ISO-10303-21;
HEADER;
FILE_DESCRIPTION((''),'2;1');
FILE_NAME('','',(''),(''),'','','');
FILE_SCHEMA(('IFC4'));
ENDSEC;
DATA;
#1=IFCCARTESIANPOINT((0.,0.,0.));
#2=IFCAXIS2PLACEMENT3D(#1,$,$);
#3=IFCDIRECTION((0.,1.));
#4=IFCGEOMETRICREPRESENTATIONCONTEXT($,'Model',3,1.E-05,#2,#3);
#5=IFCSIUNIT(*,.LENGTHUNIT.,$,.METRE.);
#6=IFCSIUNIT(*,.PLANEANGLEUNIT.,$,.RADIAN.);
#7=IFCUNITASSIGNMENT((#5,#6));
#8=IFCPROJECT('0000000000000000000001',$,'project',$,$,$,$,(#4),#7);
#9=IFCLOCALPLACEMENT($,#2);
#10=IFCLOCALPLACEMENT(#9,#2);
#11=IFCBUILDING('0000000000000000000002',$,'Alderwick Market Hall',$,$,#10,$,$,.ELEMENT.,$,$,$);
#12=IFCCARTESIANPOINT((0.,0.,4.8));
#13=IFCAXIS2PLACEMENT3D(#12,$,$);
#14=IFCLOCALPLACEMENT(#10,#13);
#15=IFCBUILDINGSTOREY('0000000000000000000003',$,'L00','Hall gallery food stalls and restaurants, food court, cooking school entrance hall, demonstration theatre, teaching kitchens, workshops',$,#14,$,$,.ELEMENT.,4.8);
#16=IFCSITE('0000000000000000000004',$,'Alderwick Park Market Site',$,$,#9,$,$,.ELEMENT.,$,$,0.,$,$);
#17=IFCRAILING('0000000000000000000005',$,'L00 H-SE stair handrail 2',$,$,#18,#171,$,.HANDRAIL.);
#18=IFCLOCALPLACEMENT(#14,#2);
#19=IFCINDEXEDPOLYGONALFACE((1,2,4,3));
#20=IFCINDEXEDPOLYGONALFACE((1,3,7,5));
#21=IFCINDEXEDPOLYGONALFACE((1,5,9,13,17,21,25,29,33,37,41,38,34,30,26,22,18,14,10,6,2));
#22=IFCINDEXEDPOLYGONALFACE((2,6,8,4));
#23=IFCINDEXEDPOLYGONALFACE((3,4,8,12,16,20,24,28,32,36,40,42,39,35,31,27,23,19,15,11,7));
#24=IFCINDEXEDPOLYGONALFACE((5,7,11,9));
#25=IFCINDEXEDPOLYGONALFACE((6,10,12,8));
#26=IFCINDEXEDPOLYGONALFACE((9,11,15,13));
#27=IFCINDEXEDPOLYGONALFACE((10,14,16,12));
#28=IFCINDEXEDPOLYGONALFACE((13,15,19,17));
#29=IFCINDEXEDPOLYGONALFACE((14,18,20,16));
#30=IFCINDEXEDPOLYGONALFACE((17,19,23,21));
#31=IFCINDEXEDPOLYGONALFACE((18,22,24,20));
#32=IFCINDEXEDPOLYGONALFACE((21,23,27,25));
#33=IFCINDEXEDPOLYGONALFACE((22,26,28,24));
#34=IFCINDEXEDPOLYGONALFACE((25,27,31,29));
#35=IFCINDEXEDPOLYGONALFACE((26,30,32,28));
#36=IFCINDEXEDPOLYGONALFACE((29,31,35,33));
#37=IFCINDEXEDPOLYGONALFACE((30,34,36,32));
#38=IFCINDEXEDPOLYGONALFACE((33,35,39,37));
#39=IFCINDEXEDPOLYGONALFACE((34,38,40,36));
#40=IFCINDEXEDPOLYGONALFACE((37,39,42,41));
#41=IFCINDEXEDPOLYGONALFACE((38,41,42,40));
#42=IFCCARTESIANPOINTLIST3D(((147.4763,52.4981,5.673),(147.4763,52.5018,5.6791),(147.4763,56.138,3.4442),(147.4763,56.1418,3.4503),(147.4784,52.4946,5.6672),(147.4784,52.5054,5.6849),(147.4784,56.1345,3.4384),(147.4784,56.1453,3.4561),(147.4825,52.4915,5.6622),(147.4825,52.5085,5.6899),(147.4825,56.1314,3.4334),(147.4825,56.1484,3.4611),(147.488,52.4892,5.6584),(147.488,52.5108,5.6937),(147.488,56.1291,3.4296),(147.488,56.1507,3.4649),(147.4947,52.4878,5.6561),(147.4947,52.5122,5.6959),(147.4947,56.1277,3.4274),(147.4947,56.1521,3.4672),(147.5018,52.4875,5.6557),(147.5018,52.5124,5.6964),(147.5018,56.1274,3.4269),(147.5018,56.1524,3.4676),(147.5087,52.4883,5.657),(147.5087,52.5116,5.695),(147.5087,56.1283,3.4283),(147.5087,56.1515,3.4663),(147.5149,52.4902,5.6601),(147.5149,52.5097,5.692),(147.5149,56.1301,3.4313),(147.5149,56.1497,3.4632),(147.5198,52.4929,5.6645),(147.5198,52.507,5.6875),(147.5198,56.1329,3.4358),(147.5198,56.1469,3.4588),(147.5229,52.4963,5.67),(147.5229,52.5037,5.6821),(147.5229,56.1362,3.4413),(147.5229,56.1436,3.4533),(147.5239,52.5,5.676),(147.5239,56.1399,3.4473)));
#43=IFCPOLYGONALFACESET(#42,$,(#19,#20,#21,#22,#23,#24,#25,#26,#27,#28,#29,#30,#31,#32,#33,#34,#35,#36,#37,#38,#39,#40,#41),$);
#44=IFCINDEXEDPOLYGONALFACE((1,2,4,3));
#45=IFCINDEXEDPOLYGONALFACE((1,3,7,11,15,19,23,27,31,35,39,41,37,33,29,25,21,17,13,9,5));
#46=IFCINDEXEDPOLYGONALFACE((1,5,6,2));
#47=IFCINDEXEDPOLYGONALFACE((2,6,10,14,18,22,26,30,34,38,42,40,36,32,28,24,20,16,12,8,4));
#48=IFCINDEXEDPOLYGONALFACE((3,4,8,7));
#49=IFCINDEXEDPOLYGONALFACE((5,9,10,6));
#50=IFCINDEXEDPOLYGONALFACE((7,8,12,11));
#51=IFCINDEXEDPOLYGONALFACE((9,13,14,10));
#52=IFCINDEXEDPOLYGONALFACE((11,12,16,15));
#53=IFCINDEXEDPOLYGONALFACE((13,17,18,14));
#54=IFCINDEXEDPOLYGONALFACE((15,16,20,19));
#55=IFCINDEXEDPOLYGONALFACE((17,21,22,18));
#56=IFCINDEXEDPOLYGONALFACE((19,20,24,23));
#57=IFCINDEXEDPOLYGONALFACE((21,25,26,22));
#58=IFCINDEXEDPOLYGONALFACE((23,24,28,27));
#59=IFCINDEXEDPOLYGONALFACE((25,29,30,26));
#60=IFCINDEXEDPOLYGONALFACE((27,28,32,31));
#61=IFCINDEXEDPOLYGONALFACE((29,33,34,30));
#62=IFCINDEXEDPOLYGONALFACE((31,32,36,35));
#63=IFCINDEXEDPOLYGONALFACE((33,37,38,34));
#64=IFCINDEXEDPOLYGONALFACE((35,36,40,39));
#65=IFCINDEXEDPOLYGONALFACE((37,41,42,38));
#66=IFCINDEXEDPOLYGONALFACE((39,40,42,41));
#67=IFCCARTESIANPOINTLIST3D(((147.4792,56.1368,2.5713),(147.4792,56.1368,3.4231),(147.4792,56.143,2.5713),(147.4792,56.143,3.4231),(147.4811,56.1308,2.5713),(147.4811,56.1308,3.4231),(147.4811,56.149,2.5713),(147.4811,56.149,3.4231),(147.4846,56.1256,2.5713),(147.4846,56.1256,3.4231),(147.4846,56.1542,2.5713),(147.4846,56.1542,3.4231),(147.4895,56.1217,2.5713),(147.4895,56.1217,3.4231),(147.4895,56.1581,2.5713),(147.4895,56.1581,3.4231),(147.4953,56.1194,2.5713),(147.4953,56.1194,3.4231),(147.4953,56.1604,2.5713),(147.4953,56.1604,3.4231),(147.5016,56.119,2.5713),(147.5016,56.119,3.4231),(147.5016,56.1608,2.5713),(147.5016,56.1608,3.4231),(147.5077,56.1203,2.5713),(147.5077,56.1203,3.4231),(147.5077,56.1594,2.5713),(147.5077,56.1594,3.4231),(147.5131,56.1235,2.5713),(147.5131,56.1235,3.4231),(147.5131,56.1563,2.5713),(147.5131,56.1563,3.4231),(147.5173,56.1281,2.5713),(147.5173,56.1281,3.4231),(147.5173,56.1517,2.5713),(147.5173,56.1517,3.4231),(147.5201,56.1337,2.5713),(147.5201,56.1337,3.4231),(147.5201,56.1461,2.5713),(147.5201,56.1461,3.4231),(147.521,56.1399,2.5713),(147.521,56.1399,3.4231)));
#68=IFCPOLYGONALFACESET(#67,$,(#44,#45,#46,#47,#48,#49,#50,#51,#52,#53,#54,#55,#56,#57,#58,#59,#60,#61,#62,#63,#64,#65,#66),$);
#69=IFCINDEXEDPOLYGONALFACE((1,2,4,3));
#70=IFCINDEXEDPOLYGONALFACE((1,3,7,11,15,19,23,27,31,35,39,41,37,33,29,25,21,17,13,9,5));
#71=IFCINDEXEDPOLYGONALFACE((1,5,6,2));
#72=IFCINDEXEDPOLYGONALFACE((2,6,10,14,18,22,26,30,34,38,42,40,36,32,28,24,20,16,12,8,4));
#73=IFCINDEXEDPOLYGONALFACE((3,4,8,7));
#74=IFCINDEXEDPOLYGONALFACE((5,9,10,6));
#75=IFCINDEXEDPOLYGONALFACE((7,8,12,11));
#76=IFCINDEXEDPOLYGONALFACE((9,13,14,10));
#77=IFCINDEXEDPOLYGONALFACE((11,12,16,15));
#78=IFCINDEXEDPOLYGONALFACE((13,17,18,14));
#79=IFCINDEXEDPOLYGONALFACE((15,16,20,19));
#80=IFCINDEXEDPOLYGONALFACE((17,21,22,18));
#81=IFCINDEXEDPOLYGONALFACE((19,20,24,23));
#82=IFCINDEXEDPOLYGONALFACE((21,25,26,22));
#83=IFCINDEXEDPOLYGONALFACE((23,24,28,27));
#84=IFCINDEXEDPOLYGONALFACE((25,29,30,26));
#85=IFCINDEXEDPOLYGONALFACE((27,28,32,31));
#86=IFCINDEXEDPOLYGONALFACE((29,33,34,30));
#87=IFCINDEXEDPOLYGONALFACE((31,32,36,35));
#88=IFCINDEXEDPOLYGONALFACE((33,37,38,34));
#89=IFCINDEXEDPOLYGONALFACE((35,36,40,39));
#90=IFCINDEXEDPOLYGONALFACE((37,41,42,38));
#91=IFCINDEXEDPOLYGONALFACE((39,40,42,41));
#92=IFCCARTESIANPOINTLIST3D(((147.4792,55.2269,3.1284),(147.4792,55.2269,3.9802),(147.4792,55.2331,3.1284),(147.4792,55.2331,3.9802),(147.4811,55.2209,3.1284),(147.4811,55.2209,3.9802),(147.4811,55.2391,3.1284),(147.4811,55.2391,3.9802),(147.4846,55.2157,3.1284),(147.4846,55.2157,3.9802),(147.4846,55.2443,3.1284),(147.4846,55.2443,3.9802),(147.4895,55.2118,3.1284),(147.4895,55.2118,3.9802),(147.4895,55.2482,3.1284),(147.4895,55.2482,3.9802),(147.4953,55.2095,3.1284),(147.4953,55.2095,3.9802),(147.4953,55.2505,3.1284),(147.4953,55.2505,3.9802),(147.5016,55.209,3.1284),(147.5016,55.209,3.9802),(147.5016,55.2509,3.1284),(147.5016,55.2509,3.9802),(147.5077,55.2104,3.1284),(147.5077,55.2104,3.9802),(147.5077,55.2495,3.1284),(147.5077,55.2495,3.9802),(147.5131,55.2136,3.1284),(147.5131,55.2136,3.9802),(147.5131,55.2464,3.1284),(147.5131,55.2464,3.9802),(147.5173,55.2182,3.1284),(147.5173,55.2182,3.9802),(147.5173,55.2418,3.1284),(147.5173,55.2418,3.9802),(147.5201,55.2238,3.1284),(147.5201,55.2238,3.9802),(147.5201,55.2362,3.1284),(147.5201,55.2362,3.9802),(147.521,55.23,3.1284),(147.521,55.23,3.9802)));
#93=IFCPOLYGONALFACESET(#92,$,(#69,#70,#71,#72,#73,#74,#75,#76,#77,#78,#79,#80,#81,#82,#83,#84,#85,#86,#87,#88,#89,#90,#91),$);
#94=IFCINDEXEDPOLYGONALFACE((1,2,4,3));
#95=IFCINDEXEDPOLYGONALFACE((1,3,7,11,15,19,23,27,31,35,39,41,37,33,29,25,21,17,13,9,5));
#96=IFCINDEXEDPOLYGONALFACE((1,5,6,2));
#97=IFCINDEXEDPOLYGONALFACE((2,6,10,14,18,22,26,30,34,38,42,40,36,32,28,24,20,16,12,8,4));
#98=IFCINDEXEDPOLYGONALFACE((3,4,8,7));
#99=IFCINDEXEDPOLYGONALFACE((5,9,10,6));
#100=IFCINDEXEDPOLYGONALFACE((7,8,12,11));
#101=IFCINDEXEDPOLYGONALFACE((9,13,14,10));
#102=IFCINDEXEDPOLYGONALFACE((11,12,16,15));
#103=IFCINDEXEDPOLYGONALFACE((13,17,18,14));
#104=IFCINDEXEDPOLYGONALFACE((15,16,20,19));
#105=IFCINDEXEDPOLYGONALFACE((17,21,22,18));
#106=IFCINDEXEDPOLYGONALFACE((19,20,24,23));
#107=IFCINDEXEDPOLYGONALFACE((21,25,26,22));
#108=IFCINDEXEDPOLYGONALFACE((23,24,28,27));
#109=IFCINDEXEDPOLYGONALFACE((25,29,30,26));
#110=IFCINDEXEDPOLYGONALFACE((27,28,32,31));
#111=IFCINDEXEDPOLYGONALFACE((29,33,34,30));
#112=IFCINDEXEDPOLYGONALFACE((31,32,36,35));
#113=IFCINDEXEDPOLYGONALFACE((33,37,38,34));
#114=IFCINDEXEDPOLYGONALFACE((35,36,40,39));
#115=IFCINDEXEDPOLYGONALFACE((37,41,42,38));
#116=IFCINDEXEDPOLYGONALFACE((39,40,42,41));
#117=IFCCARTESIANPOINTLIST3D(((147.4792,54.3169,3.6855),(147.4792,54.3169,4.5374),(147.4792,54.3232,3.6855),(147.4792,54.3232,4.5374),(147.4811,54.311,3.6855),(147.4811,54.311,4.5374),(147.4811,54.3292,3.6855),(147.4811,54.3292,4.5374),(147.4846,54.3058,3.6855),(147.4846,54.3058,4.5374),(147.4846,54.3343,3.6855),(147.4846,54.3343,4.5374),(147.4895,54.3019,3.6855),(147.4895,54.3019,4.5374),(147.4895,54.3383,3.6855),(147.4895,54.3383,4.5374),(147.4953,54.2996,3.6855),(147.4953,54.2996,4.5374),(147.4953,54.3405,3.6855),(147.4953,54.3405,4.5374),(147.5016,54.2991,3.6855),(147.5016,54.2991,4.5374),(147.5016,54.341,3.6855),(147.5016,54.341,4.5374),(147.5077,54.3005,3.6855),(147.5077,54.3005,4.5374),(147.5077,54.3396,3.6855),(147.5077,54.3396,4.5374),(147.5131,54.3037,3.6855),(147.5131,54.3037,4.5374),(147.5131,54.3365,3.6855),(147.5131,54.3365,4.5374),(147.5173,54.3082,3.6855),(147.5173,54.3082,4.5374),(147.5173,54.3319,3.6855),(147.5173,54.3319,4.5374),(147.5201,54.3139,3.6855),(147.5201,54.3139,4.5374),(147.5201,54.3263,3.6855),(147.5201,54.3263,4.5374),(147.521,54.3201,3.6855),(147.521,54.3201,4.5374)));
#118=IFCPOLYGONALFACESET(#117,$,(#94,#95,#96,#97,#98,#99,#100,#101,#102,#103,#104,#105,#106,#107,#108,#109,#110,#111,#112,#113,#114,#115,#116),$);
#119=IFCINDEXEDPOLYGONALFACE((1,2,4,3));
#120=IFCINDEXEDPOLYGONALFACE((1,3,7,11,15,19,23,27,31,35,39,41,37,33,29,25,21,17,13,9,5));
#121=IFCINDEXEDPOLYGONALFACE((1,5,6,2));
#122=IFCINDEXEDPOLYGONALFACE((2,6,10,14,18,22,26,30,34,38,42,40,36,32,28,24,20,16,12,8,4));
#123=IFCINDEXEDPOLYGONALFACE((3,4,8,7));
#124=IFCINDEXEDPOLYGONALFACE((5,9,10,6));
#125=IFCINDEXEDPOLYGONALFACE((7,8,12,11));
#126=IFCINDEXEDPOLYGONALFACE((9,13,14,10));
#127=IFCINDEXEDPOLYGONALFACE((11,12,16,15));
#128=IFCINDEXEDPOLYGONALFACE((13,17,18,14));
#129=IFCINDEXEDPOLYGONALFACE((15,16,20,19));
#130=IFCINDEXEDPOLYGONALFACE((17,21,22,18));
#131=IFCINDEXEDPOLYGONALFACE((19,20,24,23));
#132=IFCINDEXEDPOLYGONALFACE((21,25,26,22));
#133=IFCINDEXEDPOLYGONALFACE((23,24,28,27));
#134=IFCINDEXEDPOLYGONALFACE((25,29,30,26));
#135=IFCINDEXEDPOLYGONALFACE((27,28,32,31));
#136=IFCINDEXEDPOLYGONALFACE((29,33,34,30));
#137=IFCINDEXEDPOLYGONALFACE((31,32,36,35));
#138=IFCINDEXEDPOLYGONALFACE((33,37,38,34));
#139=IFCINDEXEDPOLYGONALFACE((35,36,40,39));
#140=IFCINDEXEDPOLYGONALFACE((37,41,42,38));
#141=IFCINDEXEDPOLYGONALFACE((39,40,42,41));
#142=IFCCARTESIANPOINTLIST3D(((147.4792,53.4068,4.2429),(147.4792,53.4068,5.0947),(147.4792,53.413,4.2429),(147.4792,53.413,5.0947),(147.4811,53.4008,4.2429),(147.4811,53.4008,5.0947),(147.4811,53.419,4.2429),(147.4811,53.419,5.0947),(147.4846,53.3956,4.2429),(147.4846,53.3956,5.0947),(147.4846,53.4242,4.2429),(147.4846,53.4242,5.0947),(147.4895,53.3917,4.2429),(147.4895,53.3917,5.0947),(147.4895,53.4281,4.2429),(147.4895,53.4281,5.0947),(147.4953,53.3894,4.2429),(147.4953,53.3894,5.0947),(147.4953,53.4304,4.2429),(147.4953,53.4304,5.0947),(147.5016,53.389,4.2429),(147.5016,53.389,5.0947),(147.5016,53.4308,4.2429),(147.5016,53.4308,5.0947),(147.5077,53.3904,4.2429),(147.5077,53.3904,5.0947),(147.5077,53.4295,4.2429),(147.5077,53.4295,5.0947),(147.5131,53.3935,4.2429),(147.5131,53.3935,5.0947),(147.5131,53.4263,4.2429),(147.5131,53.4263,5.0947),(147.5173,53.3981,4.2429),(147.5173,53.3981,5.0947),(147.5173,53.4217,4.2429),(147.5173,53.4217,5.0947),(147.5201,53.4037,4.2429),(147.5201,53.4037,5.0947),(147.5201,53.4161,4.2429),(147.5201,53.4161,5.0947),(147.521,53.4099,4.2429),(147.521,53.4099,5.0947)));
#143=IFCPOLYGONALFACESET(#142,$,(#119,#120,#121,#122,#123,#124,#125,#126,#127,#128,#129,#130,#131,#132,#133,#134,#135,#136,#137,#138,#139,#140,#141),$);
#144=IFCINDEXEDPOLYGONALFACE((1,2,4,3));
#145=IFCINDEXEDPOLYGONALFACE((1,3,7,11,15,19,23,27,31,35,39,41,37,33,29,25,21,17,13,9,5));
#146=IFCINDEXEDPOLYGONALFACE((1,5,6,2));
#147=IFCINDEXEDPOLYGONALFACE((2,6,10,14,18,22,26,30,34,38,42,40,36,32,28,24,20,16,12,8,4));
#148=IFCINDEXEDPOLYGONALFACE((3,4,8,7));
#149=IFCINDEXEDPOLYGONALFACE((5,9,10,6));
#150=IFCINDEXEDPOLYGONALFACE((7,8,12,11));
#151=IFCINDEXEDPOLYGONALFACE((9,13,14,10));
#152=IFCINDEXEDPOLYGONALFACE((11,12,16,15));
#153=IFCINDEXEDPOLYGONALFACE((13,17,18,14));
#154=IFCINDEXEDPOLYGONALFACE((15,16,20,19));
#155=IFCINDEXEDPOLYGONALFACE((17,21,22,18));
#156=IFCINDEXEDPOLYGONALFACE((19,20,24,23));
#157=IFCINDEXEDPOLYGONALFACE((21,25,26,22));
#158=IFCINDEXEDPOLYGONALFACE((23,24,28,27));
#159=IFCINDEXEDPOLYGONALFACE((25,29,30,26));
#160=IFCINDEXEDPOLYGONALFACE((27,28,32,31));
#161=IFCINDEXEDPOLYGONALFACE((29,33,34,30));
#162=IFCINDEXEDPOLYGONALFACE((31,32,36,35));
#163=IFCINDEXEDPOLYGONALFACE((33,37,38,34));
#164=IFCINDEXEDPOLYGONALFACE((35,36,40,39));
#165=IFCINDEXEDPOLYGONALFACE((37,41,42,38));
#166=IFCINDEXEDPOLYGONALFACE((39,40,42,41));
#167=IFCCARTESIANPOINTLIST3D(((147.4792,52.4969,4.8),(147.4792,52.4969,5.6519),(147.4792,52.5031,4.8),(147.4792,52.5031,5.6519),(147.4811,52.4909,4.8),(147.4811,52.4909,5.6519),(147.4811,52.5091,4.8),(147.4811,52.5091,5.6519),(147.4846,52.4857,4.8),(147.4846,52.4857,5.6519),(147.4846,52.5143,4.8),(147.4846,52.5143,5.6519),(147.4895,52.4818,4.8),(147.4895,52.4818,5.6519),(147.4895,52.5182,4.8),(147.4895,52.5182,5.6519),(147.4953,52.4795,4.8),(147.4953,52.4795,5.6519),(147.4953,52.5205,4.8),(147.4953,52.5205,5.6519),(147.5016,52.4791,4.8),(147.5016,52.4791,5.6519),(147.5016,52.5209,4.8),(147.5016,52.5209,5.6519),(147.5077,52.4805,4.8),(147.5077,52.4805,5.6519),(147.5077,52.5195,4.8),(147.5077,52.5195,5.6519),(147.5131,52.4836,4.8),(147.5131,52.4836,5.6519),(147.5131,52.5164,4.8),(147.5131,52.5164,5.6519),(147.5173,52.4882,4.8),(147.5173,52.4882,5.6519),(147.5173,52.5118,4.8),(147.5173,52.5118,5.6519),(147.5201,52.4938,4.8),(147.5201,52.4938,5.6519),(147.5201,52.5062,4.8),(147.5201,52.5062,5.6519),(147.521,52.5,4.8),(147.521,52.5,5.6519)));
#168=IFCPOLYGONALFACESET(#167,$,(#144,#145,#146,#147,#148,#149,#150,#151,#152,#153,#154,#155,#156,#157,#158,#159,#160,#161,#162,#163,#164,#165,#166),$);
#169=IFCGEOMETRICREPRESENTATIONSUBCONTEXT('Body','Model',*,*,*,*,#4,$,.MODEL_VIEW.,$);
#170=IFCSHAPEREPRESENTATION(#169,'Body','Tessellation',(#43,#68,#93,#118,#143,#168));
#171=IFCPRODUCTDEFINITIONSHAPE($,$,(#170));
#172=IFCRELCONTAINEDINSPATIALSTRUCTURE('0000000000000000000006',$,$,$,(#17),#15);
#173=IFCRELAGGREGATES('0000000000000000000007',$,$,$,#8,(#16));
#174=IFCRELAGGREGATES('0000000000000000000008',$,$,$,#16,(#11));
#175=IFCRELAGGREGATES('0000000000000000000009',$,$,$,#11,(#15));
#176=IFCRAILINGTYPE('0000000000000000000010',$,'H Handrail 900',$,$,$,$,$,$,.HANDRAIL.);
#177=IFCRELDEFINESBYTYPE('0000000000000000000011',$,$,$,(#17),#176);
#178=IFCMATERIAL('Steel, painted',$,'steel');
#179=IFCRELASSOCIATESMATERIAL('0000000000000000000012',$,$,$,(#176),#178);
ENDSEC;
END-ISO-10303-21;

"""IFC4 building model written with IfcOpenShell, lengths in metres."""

from ifc_helpers import new_model, si_unit, direction, frame, origin, origin_2d, place, context, subcontext, project, spatial, circle, extrude, material, type_object, element, save


model = new_model("IFC4")

# Units and contexts
model_context = context("Model", 3, precision=1e-05, world=origin(), true_north=direction((0.0, 1.0)))
body_context = subcontext(model_context, "Body", "Model", "MODEL_VIEW")
ifc_project = project(units=[si_unit("LENGTHUNIT", "METRE"), si_unit("PLANEANGLEUNIT", "RADIAN")], contexts=[model_context])

# Site, building, storey
site_placement = place(None, origin())
site = spatial("IfcSite", under=ifc_project, at=site_placement, Name="Alderwick Park Market Site", CompositionType="ELEMENT", RefElevation=0.0)
building_placement = place(site_placement, origin())
building = spatial("IfcBuilding", under=site, at=building_placement, Name="Alderwick Market Hall", CompositionType="ELEMENT")
storey_placement = place(building_placement, frame((0.0, 0.0, 4.8)))
storey = spatial("IfcBuildingStorey", under=building, at=storey_placement, Name="L00", Description="Hall gallery food stalls and restaurants, food court, cooking school entrance hall, demonstration theatre, teaching kitchens, workshops", CompositionType="ELEMENT", Elevation=4.8)

# Railing
ifc_material_1 = material(Name="Steel, painted", Category="steel")
railing_type_1 = type_object("IfcRailingType", Name="H Handrail 900", PredefinedType="HANDRAIL", material=ifc_material_1)
railing_1_placement = place(storey_placement, frame((147.5, 56.1399, 2.5713)))
element("IfcRailing", 1, at=railing_1_placement, inside=storey, type_object=railing_type_1, Name="L00 H-SE stair handrail 2", PredefinedType="HANDRAIL", context=body_context, shape_type="SweptSolid", body=[
    extrude(circle(Radius=0.0239, at=origin_2d()), frame((0.0, 0.0, 0.876), z_axis=(0.0, -0.852825, 0.522197), x_axis=(1.0, 0.0, 0.0)), (0.0, 0.0, 1.0), 4.2681),
    extrude(circle(Radius=0.021, at=origin_2d()), origin(), (0.0, 0.0, 1.0), 0.8518),
    extrude(circle(Radius=0.021, at=origin_2d()), frame((0.0, -0.9099, 0.5571)), (0.0, 0.0, 1.0), 0.8518),
    extrude(circle(Radius=0.021, at=origin_2d()), frame((0.0, -1.8198, 1.1143)), (0.0, 0.0, 1.0), 0.8518),
    extrude(circle(Radius=0.021, at=origin_2d()), frame((0.0, -2.73, 1.6716)), (0.0, 0.0, 1.0), 0.8518),
    extrude(circle(Radius=0.021, at=origin_2d()), frame((0.0, -3.6399, 2.2288)), (0.0, 0.0, 1.0), 0.8518),
])

save(model, "model.ifc")
